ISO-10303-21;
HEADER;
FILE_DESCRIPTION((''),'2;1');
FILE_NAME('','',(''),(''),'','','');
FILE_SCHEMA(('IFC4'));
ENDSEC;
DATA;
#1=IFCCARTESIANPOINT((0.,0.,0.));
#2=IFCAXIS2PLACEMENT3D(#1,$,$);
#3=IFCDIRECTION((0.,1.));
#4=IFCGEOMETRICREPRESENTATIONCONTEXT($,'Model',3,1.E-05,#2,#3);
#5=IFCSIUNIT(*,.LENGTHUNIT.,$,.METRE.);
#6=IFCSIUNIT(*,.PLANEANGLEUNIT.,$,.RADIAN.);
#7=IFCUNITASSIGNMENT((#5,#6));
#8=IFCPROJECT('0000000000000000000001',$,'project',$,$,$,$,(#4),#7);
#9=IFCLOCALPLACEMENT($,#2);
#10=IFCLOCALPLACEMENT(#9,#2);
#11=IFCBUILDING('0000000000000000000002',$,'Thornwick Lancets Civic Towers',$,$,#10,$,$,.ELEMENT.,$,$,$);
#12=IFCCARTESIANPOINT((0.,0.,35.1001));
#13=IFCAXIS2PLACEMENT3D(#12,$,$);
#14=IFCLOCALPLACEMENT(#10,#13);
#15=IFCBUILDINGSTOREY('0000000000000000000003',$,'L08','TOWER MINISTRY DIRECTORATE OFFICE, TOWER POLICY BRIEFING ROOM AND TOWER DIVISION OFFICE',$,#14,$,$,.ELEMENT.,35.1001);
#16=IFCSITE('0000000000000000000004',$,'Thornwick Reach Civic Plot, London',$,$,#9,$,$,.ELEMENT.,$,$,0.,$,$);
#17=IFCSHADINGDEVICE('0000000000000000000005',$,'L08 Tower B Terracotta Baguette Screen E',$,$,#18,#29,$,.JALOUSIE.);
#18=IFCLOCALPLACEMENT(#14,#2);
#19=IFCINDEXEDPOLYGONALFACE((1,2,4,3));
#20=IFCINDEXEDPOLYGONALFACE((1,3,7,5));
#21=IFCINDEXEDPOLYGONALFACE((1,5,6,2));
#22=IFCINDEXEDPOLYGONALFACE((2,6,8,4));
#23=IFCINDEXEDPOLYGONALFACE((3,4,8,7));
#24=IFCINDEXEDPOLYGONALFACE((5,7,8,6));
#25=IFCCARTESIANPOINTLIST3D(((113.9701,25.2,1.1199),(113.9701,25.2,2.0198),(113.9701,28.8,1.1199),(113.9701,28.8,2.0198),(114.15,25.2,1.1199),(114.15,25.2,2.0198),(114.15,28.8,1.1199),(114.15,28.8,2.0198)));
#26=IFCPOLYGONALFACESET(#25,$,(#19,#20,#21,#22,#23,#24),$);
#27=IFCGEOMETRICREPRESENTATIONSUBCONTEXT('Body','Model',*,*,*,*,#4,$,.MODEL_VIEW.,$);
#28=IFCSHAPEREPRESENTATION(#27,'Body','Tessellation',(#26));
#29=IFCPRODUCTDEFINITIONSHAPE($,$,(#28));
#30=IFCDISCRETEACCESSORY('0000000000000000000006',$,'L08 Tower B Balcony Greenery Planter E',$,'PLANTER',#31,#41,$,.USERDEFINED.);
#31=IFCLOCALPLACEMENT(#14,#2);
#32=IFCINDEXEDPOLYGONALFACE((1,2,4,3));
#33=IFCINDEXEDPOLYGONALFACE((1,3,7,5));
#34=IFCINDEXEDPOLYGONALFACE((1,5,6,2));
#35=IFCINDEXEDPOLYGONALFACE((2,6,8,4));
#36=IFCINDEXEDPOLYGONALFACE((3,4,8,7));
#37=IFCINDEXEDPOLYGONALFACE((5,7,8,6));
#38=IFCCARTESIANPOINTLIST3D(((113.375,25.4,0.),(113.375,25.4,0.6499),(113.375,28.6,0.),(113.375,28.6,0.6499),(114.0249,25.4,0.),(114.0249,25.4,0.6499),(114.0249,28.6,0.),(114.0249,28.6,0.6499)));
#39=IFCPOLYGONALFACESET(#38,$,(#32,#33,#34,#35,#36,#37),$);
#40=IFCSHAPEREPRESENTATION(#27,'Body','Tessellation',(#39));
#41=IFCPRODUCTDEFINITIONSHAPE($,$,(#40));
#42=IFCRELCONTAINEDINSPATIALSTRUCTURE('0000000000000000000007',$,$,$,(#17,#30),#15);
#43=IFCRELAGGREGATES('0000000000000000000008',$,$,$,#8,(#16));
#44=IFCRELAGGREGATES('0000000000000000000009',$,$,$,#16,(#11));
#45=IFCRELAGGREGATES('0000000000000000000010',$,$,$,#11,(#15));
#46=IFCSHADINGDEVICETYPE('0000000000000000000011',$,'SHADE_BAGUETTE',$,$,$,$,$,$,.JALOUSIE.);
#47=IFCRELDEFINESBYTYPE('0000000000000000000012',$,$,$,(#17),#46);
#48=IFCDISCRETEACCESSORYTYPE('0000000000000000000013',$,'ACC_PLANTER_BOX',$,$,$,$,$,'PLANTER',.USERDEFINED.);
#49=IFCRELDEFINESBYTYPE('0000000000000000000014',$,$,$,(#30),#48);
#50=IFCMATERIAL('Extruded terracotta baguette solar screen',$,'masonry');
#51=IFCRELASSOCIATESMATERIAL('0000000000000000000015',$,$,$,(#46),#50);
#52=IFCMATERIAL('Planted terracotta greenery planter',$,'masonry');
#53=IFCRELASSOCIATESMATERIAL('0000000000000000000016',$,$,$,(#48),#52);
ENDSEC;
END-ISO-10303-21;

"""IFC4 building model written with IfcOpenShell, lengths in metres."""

from ifc_helpers import new_model, si_unit, direction, frame, origin, origin_2d, place, context, subcontext, project, spatial, rectangle, extrude, material, type_object, element, save


model = new_model("IFC4")

# Units and contexts
model_context = context("Model", 3, precision=1e-05, world=origin(), true_north=direction((0.0, 1.0)))
body_context = subcontext(model_context, "Body", "Model", "MODEL_VIEW")
ifc_project = project(units=[si_unit("LENGTHUNIT", "METRE"), si_unit("PLANEANGLEUNIT", "RADIAN")], contexts=[model_context])

# Site, building, storey
site_placement = place(None, origin())
site = spatial("IfcSite", under=ifc_project, at=site_placement, Name="Thornwick Reach Civic Plot, London", CompositionType="ELEMENT", RefElevation=0.0)
building_placement = place(site_placement, origin())
building = spatial("IfcBuilding", under=site, at=building_placement, Name="Thornwick Lancets Civic Towers", CompositionType="ELEMENT")
storey_placement = place(building_placement, frame((0.0, 0.0, 35.1001)))
storey = spatial("IfcBuildingStorey", under=building, at=storey_placement, Name="L08", Description="TOWER MINISTRY DIRECTORATE OFFICE, TOWER POLICY BRIEFING ROOM AND TOWER DIVISION OFFICE", CompositionType="ELEMENT", Elevation=35.1001)

# Shading device
ifc_material_1 = material(Name="Extruded terracotta baguette solar screen", Category="masonry")
shading_device_type = type_object("IfcShadingDeviceType", Name="SHADE_BAGUETTE", PredefinedType="JALOUSIE", material=ifc_material_1)
shading_device_placement = place(storey_placement, frame((114.0601, 27.0, 1.1199), z_axis=(0.0, 0.0, 1.0), x_axis=(0.0, 1.0, 0.0)))
element("IfcShadingDevice", 1, at=shading_device_placement, inside=storey, type_object=shading_device_type, Name="L08 Tower B Terracotta Baguette Screen E", PredefinedType="JALOUSIE", context=body_context, shape_type="SweptSolid", body=[
    extrude(rectangle(XDim=3.6001, YDim=0.1799, at=origin_2d()), origin(), (0.0, 0.0, 1.0), 0.8999),
])

# Discrete accessory
ifc_material_2 = material(Name="Planted terracotta greenery planter", Category="masonry")
discrete_accessory_type = type_object("IfcDiscreteAccessoryType", Name="ACC_PLANTER_BOX", ElementType="PLANTER", PredefinedType="USERDEFINED", material=ifc_material_2)
discrete_accessory_placement = place(storey_placement, frame((113.7, 27.0, 0.0), z_axis=(0.0, 0.0, 1.0), x_axis=(1.0, 0.0, 0.0)))
element("IfcDiscreteAccessory", 2, at=discrete_accessory_placement, inside=storey, type_object=discrete_accessory_type, Name="L08 Tower B Balcony Greenery Planter E", ObjectType="PLANTER", PredefinedType="USERDEFINED", context=body_context, shape_type="SweptSolid", body=[
    extrude(rectangle(XDim=0.6499, YDim=3.2, at=origin_2d()), origin(), (0.0, 0.0, 1.0), 0.6499),
])

save(model, "model.ifc")
